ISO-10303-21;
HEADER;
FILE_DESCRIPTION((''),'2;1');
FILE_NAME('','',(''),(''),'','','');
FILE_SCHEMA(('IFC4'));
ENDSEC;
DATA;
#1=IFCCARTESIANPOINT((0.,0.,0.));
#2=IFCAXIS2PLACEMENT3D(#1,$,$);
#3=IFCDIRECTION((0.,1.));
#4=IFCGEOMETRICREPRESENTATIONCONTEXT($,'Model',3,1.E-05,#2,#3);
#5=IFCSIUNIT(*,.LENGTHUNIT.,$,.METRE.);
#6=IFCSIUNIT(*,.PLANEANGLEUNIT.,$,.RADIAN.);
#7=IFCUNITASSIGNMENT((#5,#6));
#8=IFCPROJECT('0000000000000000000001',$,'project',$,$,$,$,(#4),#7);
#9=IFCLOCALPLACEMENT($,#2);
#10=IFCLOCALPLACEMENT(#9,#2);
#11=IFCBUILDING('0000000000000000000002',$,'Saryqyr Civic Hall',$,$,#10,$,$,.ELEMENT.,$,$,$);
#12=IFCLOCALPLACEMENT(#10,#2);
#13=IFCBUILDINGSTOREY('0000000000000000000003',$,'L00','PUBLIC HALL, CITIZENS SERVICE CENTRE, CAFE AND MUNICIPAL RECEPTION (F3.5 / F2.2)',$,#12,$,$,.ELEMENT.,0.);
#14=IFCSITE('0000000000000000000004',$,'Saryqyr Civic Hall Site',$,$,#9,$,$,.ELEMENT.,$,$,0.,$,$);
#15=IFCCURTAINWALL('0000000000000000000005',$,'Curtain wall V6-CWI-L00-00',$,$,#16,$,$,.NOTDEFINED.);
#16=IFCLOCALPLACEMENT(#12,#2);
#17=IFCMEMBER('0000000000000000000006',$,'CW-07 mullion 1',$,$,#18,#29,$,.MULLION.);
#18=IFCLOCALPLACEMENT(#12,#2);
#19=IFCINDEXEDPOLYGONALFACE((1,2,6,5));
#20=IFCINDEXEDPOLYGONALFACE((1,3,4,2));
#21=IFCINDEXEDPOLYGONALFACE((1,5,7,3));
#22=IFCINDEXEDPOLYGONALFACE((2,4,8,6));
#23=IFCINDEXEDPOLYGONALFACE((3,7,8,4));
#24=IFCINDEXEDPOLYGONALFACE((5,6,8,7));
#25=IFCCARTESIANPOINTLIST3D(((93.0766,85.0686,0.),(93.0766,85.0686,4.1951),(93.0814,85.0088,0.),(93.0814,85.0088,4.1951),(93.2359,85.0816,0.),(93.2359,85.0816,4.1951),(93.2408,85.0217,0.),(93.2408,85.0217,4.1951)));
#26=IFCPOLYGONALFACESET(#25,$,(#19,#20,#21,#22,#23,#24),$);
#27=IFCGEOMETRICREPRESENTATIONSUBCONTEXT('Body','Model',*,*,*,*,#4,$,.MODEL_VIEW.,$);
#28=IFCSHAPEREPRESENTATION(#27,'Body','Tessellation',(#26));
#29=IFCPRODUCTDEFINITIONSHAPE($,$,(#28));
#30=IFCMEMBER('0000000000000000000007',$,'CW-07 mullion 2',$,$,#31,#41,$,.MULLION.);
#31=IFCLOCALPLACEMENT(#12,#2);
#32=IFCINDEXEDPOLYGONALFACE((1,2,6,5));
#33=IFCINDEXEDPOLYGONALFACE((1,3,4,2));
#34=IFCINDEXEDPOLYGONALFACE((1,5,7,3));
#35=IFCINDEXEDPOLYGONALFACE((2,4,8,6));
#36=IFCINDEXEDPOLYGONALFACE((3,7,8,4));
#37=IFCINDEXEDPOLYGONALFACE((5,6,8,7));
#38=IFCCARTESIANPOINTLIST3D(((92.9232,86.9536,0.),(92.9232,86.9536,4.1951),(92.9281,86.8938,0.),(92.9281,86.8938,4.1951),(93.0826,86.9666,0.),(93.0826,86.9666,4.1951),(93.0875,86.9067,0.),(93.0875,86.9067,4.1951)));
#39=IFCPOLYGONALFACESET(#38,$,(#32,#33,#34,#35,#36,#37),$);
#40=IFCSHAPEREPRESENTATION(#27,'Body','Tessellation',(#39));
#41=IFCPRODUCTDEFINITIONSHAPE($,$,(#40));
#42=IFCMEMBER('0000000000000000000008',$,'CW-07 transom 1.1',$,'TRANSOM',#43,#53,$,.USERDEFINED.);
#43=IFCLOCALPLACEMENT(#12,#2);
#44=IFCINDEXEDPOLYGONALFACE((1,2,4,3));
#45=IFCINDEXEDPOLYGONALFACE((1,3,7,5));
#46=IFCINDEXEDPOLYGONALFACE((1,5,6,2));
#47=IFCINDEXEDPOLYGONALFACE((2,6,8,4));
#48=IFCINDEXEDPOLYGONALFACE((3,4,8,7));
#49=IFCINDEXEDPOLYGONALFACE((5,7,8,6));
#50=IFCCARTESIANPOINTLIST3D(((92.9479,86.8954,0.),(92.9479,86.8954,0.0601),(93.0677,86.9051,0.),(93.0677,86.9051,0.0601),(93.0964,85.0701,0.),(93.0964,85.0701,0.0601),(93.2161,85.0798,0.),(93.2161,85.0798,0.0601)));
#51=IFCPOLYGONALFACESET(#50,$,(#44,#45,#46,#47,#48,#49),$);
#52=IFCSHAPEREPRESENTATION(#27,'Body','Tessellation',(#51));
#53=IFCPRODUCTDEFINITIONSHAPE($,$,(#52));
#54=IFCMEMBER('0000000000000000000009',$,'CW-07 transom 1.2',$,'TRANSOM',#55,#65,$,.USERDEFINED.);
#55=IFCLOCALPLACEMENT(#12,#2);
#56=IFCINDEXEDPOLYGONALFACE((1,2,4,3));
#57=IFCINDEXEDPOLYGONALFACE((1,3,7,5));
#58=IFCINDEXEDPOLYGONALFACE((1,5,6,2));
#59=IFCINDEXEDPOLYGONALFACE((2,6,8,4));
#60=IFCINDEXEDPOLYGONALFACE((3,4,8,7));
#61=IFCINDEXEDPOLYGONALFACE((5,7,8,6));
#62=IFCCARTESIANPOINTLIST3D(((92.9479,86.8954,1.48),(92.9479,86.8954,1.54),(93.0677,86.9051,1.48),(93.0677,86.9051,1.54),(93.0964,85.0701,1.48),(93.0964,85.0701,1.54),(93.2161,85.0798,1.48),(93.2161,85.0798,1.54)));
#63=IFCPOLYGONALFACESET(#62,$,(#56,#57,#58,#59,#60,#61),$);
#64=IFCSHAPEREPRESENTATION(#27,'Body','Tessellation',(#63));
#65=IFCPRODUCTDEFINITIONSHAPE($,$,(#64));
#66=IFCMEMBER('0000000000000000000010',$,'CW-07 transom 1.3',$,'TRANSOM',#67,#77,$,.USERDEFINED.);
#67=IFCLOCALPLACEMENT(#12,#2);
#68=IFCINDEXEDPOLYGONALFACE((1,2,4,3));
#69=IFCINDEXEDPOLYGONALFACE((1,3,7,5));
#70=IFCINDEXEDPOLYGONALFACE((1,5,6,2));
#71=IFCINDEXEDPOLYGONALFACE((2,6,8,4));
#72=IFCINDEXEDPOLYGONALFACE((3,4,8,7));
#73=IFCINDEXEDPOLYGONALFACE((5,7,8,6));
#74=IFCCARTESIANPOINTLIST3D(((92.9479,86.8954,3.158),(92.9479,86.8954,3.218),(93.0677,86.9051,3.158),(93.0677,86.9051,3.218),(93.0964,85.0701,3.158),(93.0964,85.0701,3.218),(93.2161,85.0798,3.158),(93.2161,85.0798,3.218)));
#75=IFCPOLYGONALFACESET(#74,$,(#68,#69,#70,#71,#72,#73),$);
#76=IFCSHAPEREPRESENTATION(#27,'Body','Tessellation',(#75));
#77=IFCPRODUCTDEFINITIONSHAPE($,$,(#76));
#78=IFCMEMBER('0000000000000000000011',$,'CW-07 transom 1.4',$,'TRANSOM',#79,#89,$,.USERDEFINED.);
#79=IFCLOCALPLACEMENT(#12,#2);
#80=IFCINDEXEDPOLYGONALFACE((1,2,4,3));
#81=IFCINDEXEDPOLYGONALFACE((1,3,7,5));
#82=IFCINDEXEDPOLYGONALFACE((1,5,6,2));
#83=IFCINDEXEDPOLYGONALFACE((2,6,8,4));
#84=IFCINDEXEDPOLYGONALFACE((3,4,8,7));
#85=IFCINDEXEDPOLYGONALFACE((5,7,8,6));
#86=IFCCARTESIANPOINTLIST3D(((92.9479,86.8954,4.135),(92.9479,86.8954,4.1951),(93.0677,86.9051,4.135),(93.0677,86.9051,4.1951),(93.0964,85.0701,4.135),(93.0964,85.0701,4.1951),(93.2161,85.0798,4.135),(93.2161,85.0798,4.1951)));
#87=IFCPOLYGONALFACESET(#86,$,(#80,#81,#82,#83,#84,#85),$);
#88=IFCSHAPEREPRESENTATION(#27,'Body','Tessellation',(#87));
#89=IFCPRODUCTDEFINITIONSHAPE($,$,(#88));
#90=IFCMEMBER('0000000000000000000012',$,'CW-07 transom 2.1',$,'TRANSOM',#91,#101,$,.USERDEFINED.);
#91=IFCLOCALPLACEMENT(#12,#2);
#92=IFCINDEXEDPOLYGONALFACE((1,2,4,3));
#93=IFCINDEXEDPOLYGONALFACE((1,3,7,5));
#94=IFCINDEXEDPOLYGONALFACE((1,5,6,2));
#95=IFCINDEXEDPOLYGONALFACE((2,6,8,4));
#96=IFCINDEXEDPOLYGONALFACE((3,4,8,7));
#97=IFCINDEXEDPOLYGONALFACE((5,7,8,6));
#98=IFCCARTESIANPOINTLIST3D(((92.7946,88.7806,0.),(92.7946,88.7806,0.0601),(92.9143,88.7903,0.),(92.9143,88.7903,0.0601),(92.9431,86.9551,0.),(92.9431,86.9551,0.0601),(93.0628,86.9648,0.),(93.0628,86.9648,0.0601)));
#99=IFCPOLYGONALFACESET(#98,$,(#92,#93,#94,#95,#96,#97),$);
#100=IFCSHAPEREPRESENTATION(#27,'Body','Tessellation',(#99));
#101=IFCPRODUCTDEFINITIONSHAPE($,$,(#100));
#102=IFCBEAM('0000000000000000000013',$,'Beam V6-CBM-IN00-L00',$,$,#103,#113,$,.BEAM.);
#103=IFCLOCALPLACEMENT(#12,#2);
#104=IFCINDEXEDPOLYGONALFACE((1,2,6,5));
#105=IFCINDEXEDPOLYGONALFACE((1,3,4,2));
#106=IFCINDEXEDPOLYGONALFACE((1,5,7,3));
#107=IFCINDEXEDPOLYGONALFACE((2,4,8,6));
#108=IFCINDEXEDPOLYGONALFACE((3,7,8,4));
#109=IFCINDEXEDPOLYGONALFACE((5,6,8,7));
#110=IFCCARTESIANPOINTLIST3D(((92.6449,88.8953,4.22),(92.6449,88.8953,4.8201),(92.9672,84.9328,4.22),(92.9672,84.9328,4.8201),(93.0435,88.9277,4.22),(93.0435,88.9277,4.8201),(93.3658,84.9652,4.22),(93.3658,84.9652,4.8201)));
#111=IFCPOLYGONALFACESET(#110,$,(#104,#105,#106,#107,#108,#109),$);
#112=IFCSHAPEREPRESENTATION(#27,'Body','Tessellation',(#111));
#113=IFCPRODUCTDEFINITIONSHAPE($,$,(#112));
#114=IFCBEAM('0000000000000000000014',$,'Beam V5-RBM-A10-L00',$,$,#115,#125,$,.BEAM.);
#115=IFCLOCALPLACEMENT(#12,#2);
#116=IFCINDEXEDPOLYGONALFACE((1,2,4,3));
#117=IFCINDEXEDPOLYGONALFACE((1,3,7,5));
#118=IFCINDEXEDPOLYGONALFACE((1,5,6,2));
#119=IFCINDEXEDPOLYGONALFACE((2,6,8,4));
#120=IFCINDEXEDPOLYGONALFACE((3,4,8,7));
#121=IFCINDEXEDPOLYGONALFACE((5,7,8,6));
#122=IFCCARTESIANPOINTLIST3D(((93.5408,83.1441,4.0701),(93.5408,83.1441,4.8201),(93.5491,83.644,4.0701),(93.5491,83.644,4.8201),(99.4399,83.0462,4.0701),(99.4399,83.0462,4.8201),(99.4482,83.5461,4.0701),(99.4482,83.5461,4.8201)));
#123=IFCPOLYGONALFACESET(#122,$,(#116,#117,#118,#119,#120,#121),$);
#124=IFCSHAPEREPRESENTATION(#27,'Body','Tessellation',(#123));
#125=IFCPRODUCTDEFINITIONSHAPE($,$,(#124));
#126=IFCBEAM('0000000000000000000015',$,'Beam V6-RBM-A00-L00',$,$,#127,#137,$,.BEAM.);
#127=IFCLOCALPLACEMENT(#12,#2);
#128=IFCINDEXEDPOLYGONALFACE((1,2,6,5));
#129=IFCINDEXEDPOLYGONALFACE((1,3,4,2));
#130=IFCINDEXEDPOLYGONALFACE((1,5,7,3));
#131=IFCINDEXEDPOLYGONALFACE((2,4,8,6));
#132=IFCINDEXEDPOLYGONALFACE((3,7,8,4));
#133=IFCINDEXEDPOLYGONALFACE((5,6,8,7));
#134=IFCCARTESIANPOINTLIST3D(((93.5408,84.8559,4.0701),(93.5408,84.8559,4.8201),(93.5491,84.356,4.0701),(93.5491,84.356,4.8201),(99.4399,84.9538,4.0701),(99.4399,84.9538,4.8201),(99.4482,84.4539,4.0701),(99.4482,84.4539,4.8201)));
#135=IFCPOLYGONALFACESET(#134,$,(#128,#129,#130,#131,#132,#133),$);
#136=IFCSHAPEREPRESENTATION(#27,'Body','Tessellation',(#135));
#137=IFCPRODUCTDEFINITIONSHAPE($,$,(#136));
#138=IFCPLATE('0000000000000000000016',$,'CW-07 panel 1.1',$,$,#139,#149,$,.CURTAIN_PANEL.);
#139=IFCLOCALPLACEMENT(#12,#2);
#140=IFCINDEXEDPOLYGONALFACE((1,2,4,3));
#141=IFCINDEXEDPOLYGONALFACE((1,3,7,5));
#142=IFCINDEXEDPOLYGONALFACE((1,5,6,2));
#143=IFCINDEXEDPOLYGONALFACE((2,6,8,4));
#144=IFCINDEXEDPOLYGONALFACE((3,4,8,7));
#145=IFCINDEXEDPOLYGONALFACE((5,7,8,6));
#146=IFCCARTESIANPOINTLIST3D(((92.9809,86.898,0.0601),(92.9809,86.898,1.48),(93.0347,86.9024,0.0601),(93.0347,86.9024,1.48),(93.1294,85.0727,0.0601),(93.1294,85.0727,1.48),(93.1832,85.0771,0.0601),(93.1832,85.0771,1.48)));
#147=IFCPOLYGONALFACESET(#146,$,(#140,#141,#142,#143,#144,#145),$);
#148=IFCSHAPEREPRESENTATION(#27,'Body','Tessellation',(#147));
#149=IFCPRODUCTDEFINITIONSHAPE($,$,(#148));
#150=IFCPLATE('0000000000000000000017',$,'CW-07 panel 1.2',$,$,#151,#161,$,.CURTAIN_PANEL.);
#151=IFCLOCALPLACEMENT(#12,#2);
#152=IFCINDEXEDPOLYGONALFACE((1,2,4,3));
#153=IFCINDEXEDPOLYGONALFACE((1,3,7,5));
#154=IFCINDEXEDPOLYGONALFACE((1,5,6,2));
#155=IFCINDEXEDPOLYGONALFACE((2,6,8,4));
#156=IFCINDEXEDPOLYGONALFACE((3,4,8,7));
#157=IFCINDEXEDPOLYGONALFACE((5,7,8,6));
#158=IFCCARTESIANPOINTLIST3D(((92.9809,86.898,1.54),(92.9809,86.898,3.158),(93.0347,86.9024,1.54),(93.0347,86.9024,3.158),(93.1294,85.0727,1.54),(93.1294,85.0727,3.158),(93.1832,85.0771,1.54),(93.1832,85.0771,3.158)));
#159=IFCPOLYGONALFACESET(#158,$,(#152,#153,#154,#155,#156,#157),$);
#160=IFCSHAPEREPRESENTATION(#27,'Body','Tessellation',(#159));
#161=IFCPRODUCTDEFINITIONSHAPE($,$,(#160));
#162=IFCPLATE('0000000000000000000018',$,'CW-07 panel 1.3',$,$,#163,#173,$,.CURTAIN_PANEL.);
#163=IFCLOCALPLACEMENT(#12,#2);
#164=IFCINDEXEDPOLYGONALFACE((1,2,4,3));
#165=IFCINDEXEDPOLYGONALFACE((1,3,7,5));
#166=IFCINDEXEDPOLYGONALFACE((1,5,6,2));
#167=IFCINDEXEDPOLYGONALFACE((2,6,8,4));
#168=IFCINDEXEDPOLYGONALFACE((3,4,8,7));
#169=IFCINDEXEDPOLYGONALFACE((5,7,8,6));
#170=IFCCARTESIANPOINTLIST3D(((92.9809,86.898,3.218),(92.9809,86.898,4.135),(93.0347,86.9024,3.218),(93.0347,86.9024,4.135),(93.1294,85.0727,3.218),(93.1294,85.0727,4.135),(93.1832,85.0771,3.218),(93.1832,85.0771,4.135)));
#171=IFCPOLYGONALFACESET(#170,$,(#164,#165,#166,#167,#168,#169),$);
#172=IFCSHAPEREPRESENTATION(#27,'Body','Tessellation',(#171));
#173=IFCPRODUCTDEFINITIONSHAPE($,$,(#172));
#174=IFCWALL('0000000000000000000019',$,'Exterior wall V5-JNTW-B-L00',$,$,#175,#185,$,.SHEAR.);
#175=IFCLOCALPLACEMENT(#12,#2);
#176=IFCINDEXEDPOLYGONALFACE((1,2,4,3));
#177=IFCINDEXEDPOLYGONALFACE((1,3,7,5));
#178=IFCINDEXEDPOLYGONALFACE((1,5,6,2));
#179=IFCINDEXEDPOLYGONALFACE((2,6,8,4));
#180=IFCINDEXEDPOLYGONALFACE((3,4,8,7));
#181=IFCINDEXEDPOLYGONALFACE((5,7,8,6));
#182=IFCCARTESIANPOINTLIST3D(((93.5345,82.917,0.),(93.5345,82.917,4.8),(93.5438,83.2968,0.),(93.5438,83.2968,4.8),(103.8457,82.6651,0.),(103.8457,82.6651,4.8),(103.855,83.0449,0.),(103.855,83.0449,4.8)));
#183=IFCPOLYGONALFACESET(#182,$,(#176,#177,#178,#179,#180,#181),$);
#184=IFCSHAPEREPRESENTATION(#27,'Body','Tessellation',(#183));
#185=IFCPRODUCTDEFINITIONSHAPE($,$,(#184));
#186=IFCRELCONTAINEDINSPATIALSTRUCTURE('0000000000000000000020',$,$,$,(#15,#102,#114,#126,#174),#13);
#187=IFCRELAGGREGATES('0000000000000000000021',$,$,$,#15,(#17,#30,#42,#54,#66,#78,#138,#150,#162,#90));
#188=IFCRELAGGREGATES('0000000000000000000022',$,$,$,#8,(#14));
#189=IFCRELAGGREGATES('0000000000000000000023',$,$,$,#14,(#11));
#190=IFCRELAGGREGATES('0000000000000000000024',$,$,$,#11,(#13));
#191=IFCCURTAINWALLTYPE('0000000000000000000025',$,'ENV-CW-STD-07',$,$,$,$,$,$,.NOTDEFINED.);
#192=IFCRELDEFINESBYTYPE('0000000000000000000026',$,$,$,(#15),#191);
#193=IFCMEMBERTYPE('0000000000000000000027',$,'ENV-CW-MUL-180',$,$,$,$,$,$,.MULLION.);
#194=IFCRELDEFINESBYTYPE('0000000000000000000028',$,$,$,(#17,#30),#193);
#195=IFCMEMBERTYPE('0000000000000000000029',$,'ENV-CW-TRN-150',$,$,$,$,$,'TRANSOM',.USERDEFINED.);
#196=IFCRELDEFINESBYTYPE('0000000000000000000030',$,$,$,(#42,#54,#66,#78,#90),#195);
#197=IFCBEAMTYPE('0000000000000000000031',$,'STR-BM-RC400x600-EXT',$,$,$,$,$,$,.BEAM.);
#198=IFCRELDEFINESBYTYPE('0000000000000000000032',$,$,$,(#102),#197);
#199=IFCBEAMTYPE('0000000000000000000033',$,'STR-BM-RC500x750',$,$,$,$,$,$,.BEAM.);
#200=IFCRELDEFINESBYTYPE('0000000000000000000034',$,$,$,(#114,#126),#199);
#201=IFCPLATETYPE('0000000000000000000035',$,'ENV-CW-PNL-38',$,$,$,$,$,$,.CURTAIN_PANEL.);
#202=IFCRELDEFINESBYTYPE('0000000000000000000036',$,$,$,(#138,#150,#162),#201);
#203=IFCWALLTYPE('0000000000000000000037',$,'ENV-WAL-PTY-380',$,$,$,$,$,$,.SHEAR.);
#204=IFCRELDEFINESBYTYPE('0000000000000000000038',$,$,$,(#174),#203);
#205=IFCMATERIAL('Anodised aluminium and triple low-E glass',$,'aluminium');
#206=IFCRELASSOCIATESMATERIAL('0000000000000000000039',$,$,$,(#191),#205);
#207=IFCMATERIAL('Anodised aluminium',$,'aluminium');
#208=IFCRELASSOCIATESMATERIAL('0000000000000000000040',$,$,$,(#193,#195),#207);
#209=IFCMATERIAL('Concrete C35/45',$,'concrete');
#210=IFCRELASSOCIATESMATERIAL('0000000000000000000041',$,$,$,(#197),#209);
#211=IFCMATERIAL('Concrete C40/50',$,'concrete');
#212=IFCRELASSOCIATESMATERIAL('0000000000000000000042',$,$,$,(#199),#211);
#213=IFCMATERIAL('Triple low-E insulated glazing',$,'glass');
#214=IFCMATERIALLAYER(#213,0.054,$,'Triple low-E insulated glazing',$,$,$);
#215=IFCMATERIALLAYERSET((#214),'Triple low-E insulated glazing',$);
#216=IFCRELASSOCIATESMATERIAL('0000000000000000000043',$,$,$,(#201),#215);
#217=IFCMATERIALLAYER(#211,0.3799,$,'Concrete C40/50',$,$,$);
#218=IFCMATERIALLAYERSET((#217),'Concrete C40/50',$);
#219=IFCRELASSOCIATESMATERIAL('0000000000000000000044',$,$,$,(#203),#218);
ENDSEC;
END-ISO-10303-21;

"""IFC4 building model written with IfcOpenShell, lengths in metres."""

from ifc_helpers import new_model, si_unit, direction, frame, frame_2d, origin, origin_2d, place, context, subcontext, project, spatial, rectangle, extrude, material, layer, layer_set, material_profile, profile_set, type_object, element, aggregate, save


model = new_model("IFC4")

# Units and contexts
model_context = context("Model", 3, precision=1e-05, world=origin(), true_north=direction((0.0, 1.0)))
body_context = subcontext(model_context, "Body", "Model", "MODEL_VIEW")
ifc_project = project(units=[si_unit("LENGTHUNIT", "METRE"), si_unit("PLANEANGLEUNIT", "RADIAN")], contexts=[model_context])

# Site, building, storey
site_placement = place(None, origin())
site = spatial("IfcSite", under=ifc_project, at=site_placement, Name="Saryqyr Civic Hall Site", CompositionType="ELEMENT", RefElevation=0.0)
building_placement = place(site_placement, origin())
building = spatial("IfcBuilding", under=site, at=building_placement, Name="Saryqyr Civic Hall", CompositionType="ELEMENT")
storey_placement = place(building_placement, origin())
storey = spatial("IfcBuildingStorey", under=building, at=storey_placement, Name="L00", Description="PUBLIC HALL, CITIZENS SERVICE CENTRE, CAFE AND MUNICIPAL RECEPTION (F3.5 / F2.2)", CompositionType="ELEMENT", Elevation=0.0)

# Shared definitions
ifc_material_1 = material(Name="Concrete C40/50", Category="concrete")

# Curtain wall, members
ifc_material_2 = material(Name="Anodised aluminium and triple low-E glass", Category="aluminium")
curtain_wall_type = type_object("IfcCurtainWallType", Name="ENV-CW-STD-07", PredefinedType="NOTDEFINED", material=ifc_material_2)
curtain_wall_placement = place(storey_placement, origin())
curtain_wall = element("IfcCurtainWall", 1, at=curtain_wall_placement, inside=storey, type_object=curtain_wall_type, Name="Curtain wall V6-CWI-L00-00", PredefinedType="NOTDEFINED")
ifc_material_3 = material(Name="Anodised aluminium", Category="aluminium")
ifc_material_profile_1 = material_profile(ifc_material_3, rectangle(XDim=0.0601, YDim=0.1599, at=origin_2d()), Name="ALU MULLION 60x160")
ifc_profile_set_1 = profile_set([ifc_material_profile_1], Name="Anodised aluminium")
member_type_1 = type_object("IfcMemberType", Name="ENV-CW-MUL-180", PredefinedType="MULLION", material=ifc_profile_set_1)
member_1_placement = place(storey_placement, frame((93.1587, 85.0452, 0.0), z_axis=(0.0, 0.0, 1.0), x_axis=(-0.081092, 0.996707, 0.0)))
member_1 = element("IfcMember", 2, at=member_1_placement, type_object=member_type_1, Name="CW-07 mullion 1", PredefinedType="MULLION", context=body_context, shape_type="SweptSolid", body=[
    extrude(rectangle(XDim=0.0601, YDim=0.1599, at=origin_2d()), origin(), (0.0, 0.0, 1.0), 4.1951),
])
member_2_placement = place(storey_placement, frame((93.0054, 86.9302, 0.0), z_axis=(0.0, 0.0, 1.0), x_axis=(-0.081092, 0.996707, 0.0)))
member_2 = element("IfcMember", 3, at=member_2_placement, type_object=member_type_1, Name="CW-07 mullion 2", PredefinedType="MULLION", context=body_context, shape_type="SweptSolid", body=[
    extrude(rectangle(XDim=0.0601, YDim=0.1599, at=origin_2d()), origin(), (0.0, 0.0, 1.0), 4.1951),
])
ifc_material_profile_2 = material_profile(ifc_material_3, rectangle(XDim=0.1201, YDim=0.0601, at=origin_2d()), Name="ALU TRANSOM 120x60")
ifc_profile_set_2 = profile_set([ifc_material_profile_2], Name="Anodised aluminium")
member_type_2 = type_object("IfcMemberType", Name="ENV-CW-TRN-150", ElementType="TRANSOM", PredefinedType="USERDEFINED", material=ifc_profile_set_2)
member_3_placement = place(storey_placement, frame((93.1562, 85.075, 0.03), z_axis=(-0.081059, 0.996709, 0.0), x_axis=(-0.996709, -0.081059, 0.0)))
member_3 = element("IfcMember", 4, at=member_3_placement, type_object=member_type_2, Name="CW-07 transom 1.1", ObjectType="TRANSOM", PredefinedType="USERDEFINED", context=body_context, shape_type="SweptSolid", body=[
    extrude(rectangle(XDim=0.1201, YDim=0.0601, at=origin_2d()), origin(), (0.0, 0.0, 1.0), 1.8313),
])
member_4_placement = place(storey_placement, frame((93.1562, 85.075, 1.51), z_axis=(-0.081059, 0.996709, 0.0), x_axis=(-0.996709, -0.081059, 0.0)))
member_4 = element("IfcMember", 5, at=member_4_placement, type_object=member_type_2, Name="CW-07 transom 1.2", ObjectType="TRANSOM", PredefinedType="USERDEFINED", context=body_context, shape_type="SweptSolid", body=[
    extrude(rectangle(XDim=0.1201, YDim=0.0601, at=origin_2d()), origin(), (0.0, 0.0, 1.0), 1.8313),
])
member_5_placement = place(storey_placement, frame((93.1562, 85.075, 3.188), z_axis=(-0.081059, 0.996709, 0.0), x_axis=(-0.996709, -0.081059, 0.0)))
member_5 = element("IfcMember", 6, at=member_5_placement, type_object=member_type_2, Name="CW-07 transom 1.3", ObjectType="TRANSOM", PredefinedType="USERDEFINED", context=body_context, shape_type="SweptSolid", body=[
    extrude(rectangle(XDim=0.1201, YDim=0.0601, at=origin_2d()), origin(), (0.0, 0.0, 1.0), 1.8313),
])
member_6_placement = place(storey_placement, frame((93.1562, 85.075, 4.165), z_axis=(-0.081059, 0.996709, 0.0), x_axis=(-0.996709, -0.081059, 0.0)))
member_6 = element("IfcMember", 7, at=member_6_placement, type_object=member_type_2, Name="CW-07 transom 1.4", ObjectType="TRANSOM", PredefinedType="USERDEFINED", context=body_context, shape_type="SweptSolid", body=[
    extrude(rectangle(XDim=0.1201, YDim=0.0601, at=origin_2d()), origin(), (0.0, 0.0, 1.0), 1.8313),
])
member_7_placement = place(storey_placement, frame((93.0029, 86.96, 0.03), z_axis=(-0.081049, 0.99671, 0.0), x_axis=(-0.99671, -0.081049, 0.0)))
member_7 = element("IfcMember", 8, at=member_7_placement, type_object=member_type_2, Name="CW-07 transom 2.1", ObjectType="TRANSOM", PredefinedType="USERDEFINED", context=body_context, shape_type="SweptSolid", body=[
    extrude(rectangle(XDim=0.1201, YDim=0.0601, at=origin_2d()), origin(), (0.0, 0.0, 1.0), 1.8315),
])

# Beams
ifc_material_4 = material(Name="Concrete C35/45", Category="concrete")
ifc_material_profile_3 = material_profile(ifc_material_4, rectangle(XDim=0.3999, YDim=0.6001, at=origin_2d()), Name="RC 400x600")
ifc_profile_set_3 = profile_set([ifc_material_profile_3], Name="Concrete C35/45")
beam_type_1 = type_object("IfcBeamType", Name="STR-BM-RC400x600-EXT", PredefinedType="BEAM", material=ifc_profile_set_3)
beam_placement = place(storey_placement, frame((93.1665, 84.949, 4.52), z_axis=(-0.081063, 0.996709, 0.0), x_axis=(-0.996709, -0.081063, 0.0)))
element("IfcBeam", 9, at=beam_placement, inside=storey, type_object=beam_type_1, Name="Beam V6-CBM-IN00-L00", PredefinedType="BEAM", context=body_context, shape_type="SweptSolid", body=[
    extrude(rectangle(XDim=0.3999, YDim=0.6001, at=origin_2d()), origin(), (0.0, 0.0, 1.0), 3.9756),
])
ifc_material_profile_4 = material_profile(ifc_material_1, rectangle(XDim=0.5, YDim=0.75, at=origin_2d()), Name="RC 500x750")
ifc_profile_set_4 = profile_set([ifc_material_profile_4], Name="Concrete C40/50")
beam_type_2 = type_object("IfcBeamType", Name="STR-BM-RC500x750", PredefinedType="BEAM", material=ifc_profile_set_4)
for number, where, z_axis, x_axis, name in (
    (10, (93.5449, 83.394, 4.4451), (0.999862, -0.016593, 0.0), (0.016593, 0.999862, 0.0), "Beam V5-RBM-A10-L00"),
    (11, (93.5449, 84.606, 4.4451), (0.999862, 0.016593, 0.0), (-0.016593, 0.999862, 0.0), "Beam V6-RBM-A00-L00"),
):
    element("IfcBeam", number, at=place(storey_placement, frame(where, z_axis=z_axis, x_axis=x_axis)), inside=storey, type_object=beam_type_2, Name=name, PredefinedType="BEAM", context=body_context, shape_type="SweptSolid", body=[
        extrude(rectangle(XDim=0.5, YDim=0.75, at=origin_2d()), origin(), (0.0, 0.0, 1.0), 5.8999),
    ])

# Plates
ifc_material_5 = material(Name="Triple low-E insulated glazing", Category="glass")
ifc_layer_1 = layer(ifc_material_5, 0.054, Name="Triple low-E insulated glazing")
ifc_layer_set_1 = layer_set([ifc_layer_1], Name="Triple low-E insulated glazing")
plate_type = type_object("IfcPlateType", Name="ENV-CW-PNL-38", PredefinedType="CURTAIN_PANEL", material=ifc_layer_set_1)
plate_1_placement = place(storey_placement, frame((93.082, 85.9875, 0.0601), z_axis=(0.0, 0.0, 1.0), x_axis=(-0.081092, 0.996707, 0.0)))
plate_1 = element("IfcPlate", 12, at=plate_1_placement, type_object=plate_type, Name="CW-07 panel 1.1", PredefinedType="CURTAIN_PANEL", context=body_context, shape_type="SweptSolid", body=[
    extrude(rectangle(XDim=1.8313, YDim=0.054, at=origin_2d()), origin(), (0.0, 0.0, 1.0), 1.4199),
])
plate_2_placement = place(storey_placement, frame((93.082, 85.9875, 1.54), z_axis=(0.0, 0.0, 1.0), x_axis=(-0.081092, 0.996707, 0.0)))
plate_2 = element("IfcPlate", 13, at=plate_2_placement, type_object=plate_type, Name="CW-07 panel 1.2", PredefinedType="CURTAIN_PANEL", context=body_context, shape_type="SweptSolid", body=[
    extrude(rectangle(XDim=1.8313, YDim=0.054, at=origin_2d()), origin(), (0.0, 0.0, 1.0), 1.6179),
])
plate_3_placement = place(storey_placement, frame((93.082, 85.9875, 3.218), z_axis=(0.0, 0.0, 1.0), x_axis=(-0.081092, 0.996707, 0.0)))
plate_3 = element("IfcPlate", 14, at=plate_3_placement, type_object=plate_type, Name="CW-07 panel 1.3", PredefinedType="CURTAIN_PANEL", context=body_context, shape_type="SweptSolid", body=[
    extrude(rectangle(XDim=1.8313, YDim=0.054, at=origin_2d()), origin(), (0.0, 0.0, 1.0), 0.917),
])
aggregate(curtain_wall, [member_1, member_2, member_3, member_4, member_5, member_6, plate_1, plate_2, plate_3, member_7])

# Wall
ifc_layer_2 = layer(ifc_material_1, 0.3799, Name="Concrete C40/50")
ifc_layer_set_2 = layer_set([ifc_layer_2], Name="Concrete C40/50")
wall_type = type_object("IfcWallType", Name="ENV-WAL-PTY-380", PredefinedType="SHEAR", material=ifc_layer_set_2)
wall_placement = place(storey_placement, frame((93.5391, 83.1069, 0.0), z_axis=(0.0, 0.0, 1.0), x_axis=(0.999702, -0.024428, 0.0)))
element("IfcWall", 15, at=wall_placement, inside=storey, type_object=wall_type, Name="Exterior wall V5-JNTW-B-L00", PredefinedType="SHEAR", context=body_context, shape_type="SweptSolid", body=[
    extrude(rectangle(XDim=10.3142, YDim=0.3799, at=frame_2d((5.1572, 0.0))), origin(), (0.0, 0.0, 1.0), 4.8),
])

save(model, "model.ifc")
